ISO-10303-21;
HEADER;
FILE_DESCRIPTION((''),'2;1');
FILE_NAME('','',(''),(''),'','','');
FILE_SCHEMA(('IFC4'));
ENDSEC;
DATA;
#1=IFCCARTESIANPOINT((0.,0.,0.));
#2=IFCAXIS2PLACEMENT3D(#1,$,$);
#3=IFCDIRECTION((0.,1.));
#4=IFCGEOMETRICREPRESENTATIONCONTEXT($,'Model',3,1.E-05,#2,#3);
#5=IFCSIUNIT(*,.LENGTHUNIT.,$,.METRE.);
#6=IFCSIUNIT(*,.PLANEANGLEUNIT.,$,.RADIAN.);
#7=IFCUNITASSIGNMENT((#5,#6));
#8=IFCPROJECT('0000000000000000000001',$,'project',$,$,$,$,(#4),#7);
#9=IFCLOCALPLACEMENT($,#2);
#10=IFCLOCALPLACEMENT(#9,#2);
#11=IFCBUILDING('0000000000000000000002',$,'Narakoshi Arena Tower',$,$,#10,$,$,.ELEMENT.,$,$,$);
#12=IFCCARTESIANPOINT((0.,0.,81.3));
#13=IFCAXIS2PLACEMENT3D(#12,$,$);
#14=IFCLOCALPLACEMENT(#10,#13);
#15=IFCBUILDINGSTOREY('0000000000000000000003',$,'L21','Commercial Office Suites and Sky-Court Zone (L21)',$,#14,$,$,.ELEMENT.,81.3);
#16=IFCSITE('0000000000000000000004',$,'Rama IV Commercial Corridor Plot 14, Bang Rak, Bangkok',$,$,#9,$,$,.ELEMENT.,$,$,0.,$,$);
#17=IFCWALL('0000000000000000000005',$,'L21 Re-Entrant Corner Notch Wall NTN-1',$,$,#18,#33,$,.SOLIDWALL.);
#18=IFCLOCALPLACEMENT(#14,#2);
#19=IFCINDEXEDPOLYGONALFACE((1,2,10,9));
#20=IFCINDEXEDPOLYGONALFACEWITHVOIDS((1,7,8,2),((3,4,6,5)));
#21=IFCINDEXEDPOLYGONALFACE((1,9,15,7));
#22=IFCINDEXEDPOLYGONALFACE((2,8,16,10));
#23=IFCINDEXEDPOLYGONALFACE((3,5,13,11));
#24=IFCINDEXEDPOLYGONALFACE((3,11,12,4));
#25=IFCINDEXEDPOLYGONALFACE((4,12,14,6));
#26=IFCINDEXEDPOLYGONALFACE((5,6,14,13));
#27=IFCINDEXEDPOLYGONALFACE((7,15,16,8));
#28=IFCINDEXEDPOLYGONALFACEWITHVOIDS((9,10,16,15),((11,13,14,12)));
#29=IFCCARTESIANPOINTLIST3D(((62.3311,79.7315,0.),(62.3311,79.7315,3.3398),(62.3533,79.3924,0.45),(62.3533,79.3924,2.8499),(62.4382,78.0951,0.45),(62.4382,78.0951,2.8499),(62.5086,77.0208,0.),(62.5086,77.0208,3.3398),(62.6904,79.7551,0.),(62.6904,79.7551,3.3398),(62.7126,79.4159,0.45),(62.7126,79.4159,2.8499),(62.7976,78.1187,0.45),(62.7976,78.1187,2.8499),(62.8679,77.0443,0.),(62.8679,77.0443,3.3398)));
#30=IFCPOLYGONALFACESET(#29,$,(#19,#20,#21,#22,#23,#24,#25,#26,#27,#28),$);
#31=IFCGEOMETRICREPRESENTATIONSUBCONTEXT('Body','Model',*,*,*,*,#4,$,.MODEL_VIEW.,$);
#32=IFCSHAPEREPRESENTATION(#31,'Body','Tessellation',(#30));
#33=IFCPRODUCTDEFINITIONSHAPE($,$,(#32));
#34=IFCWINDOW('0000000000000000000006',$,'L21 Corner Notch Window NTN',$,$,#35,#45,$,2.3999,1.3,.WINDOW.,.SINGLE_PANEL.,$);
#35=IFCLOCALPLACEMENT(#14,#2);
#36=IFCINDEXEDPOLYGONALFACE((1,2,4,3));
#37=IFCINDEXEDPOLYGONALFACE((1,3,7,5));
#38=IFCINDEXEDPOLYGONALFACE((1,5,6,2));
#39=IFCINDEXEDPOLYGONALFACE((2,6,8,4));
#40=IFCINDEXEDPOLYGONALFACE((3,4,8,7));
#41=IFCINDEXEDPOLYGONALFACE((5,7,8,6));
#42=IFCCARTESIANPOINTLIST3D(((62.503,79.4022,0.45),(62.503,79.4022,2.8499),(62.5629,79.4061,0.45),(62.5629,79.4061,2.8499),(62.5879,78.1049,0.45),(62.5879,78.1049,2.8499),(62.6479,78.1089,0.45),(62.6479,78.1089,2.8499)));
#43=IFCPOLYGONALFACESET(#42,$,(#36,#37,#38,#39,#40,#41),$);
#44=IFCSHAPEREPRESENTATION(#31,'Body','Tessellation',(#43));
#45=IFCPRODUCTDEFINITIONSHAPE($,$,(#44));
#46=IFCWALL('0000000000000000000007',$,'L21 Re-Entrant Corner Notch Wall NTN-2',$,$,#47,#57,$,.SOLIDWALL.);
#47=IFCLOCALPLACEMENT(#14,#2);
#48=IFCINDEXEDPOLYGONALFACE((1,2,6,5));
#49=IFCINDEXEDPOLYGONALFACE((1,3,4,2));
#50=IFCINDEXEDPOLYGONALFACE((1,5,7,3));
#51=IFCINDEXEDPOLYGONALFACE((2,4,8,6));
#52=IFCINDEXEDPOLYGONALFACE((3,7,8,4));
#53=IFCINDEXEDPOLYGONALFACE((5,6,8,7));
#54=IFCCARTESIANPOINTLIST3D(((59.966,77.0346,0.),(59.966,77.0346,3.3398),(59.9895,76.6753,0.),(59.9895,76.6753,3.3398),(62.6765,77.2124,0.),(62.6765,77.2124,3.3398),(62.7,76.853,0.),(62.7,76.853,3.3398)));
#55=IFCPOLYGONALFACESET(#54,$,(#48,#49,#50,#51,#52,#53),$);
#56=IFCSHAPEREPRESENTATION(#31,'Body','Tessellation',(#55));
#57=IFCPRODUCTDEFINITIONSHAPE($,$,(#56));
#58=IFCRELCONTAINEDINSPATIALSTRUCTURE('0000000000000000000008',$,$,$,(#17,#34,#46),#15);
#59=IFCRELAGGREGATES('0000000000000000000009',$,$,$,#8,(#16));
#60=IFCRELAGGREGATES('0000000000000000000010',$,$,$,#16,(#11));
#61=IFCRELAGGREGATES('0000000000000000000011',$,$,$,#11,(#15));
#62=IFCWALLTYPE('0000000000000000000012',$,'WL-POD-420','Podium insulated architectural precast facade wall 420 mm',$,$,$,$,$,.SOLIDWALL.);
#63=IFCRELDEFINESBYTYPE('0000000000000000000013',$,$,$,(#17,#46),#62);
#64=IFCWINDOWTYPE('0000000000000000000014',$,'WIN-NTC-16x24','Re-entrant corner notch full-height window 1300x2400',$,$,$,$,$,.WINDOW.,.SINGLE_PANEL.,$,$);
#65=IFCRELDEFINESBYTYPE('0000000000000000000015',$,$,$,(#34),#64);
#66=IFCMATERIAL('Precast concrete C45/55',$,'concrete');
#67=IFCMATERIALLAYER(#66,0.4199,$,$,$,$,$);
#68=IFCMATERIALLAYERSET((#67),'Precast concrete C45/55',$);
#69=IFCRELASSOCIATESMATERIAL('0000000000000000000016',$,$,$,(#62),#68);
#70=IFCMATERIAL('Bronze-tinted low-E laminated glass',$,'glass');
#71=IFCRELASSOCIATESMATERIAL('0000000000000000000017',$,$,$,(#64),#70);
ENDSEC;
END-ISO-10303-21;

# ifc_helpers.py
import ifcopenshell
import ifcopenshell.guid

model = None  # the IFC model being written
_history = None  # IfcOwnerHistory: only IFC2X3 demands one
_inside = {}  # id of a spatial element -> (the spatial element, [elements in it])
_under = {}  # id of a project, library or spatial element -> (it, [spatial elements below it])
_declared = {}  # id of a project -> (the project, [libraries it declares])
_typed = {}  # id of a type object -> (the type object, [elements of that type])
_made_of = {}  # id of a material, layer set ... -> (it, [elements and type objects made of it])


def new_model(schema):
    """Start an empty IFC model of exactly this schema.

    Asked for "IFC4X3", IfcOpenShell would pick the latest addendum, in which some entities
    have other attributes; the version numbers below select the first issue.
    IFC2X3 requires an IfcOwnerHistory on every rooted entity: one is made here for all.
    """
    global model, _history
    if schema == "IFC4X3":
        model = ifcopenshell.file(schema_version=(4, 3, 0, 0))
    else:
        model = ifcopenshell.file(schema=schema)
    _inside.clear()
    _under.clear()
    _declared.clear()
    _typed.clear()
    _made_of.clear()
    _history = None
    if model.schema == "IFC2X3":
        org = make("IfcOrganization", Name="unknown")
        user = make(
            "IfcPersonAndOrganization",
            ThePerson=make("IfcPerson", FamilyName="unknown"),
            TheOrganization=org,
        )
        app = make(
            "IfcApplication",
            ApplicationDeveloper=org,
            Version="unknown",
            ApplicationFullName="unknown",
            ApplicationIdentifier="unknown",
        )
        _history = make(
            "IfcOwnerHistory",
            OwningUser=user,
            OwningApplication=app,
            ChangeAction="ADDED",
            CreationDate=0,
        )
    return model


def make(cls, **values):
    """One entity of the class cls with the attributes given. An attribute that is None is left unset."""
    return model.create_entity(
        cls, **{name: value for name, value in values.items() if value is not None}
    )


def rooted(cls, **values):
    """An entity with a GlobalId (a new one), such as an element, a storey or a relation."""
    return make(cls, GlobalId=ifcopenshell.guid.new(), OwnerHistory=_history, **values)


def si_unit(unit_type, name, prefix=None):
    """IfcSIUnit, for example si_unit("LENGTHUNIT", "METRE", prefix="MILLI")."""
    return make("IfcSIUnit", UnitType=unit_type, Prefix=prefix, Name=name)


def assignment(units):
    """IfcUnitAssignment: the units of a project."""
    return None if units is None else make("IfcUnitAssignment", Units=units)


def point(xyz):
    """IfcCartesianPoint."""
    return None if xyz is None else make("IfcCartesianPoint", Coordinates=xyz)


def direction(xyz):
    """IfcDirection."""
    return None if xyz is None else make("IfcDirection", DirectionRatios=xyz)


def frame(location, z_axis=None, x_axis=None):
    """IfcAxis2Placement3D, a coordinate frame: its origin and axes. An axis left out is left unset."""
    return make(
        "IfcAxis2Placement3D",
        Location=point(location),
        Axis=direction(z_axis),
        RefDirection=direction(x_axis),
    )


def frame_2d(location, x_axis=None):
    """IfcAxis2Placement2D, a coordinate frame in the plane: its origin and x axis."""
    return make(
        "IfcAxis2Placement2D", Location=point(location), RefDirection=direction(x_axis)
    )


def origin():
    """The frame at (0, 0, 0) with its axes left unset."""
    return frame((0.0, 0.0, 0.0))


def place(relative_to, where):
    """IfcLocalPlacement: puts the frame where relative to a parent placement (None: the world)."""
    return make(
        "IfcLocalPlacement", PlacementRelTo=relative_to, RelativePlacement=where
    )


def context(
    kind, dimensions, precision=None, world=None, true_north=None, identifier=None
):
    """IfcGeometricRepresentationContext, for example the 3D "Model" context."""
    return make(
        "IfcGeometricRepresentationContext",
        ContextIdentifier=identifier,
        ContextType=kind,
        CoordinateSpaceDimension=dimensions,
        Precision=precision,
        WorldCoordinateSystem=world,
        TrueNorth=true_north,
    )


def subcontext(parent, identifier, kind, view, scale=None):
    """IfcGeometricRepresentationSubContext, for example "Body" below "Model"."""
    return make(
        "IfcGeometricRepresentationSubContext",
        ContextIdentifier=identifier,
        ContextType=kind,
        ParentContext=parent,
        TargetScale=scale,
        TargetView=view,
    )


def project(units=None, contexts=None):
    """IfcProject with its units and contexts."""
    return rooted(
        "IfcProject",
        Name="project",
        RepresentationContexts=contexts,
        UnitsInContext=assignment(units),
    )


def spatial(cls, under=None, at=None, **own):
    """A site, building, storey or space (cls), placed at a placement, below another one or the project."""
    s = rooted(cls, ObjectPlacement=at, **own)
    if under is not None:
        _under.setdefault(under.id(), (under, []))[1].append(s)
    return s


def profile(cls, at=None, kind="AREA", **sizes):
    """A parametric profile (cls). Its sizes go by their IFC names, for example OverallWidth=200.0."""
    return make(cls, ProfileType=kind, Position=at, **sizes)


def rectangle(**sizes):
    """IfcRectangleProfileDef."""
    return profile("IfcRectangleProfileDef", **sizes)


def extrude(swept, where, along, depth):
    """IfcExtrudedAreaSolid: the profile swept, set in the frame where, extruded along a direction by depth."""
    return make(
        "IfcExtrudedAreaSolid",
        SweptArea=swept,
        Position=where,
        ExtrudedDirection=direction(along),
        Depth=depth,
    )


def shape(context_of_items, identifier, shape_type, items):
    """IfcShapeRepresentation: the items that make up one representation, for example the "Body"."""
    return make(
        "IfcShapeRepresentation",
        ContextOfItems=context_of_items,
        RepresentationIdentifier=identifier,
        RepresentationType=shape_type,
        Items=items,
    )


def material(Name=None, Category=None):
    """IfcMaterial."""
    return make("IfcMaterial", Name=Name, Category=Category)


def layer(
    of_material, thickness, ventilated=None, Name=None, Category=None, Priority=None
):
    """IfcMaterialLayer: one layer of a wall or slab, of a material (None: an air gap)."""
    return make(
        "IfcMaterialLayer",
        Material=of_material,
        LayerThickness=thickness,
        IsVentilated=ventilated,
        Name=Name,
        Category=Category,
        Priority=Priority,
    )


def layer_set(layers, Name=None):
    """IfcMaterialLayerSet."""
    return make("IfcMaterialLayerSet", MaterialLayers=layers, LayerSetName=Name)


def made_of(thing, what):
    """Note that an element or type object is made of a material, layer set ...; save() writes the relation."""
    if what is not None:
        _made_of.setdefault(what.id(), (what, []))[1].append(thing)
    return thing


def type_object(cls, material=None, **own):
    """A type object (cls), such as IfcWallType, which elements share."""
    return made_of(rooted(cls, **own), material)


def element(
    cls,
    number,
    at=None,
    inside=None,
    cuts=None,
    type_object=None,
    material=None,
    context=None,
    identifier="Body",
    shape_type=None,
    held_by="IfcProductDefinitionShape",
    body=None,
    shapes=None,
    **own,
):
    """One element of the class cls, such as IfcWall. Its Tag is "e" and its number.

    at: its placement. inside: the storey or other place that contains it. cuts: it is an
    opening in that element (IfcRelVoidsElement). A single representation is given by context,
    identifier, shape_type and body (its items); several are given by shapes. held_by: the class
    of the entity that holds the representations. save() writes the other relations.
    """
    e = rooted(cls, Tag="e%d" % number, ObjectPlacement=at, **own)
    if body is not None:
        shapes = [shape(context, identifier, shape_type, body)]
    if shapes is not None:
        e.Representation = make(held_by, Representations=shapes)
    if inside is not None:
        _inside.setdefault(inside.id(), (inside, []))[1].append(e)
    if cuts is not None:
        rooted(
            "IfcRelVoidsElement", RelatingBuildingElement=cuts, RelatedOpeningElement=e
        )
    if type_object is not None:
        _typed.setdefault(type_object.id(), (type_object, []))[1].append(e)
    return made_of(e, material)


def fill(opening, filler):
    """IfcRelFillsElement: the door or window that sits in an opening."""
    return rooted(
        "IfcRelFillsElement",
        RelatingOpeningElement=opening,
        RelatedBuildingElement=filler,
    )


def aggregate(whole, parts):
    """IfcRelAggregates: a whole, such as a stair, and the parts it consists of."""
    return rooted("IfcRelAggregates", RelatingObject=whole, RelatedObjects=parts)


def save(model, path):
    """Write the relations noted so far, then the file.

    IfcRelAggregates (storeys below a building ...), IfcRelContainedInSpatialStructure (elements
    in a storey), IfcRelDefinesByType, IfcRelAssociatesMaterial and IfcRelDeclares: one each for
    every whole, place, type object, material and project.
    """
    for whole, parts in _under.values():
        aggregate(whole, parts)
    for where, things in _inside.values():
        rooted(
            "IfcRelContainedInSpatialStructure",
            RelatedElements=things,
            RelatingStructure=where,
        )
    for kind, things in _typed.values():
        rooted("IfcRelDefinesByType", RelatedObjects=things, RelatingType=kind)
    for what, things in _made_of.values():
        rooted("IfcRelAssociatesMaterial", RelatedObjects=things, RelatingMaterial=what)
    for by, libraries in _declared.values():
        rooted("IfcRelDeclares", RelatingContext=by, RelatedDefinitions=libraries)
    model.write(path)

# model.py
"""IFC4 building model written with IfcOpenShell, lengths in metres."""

from ifc_helpers import new_model, si_unit, direction, frame, frame_2d, origin, place, context, subcontext, project, spatial, rectangle, extrude, material, layer, layer_set, type_object, element, fill, save


model = new_model("IFC4")

# Units and contexts
model_context = context("Model", 3, precision=1e-05, world=origin(), true_north=direction((0.0, 1.0)))
body_context = subcontext(model_context, "Body", "Model", "MODEL_VIEW")
ifc_project = project(units=[si_unit("LENGTHUNIT", "METRE"), si_unit("PLANEANGLEUNIT", "RADIAN")], contexts=[model_context])

# Site, building, storey
site_placement = place(None, origin())
site = spatial("IfcSite", under=ifc_project, at=site_placement, Name="Rama IV Commercial Corridor Plot 14, Bang Rak, Bangkok", CompositionType="ELEMENT", RefElevation=0.0)
building_placement = place(site_placement, origin())
building = spatial("IfcBuilding", under=site, at=building_placement, Name="Narakoshi Arena Tower", CompositionType="ELEMENT")
storey_placement = place(building_placement, frame((0.0, 0.0, 81.3)))
storey = spatial("IfcBuildingStorey", under=building, at=storey_placement, Name="L21", Description="Commercial Office Suites and Sky-Court Zone (L21)", CompositionType="ELEMENT", Elevation=81.3)

# Shared definitions
ifc_material_1 = material(Name="Bronze-tinted low-E laminated glass", Category="glass")

# Shared definitions
ifc_material_2 = material(Name="Precast concrete C45/55", Category="concrete")

# Wall, opening, window
ifc_layer_1 = layer(ifc_material_2, 0.4199)
ifc_layer_set_1 = layer_set([ifc_layer_1], Name="Precast concrete C45/55")
wall_type_1 = type_object("IfcWallType", Name="WL-POD-420", Description="Podium insulated architectural precast facade wall 420 mm", PredefinedType="SOLIDWALL", material=ifc_layer_set_1)
wall_1_placement = place(storey_placement, frame((62.5107, 79.7434, 0.0), z_axis=(0.0, 0.0, 1.0), x_axis=(0.065338, -0.997863, 0.0)))
wall_1 = element("IfcWall", 1, at=wall_1_placement, inside=storey, type_object=wall_type_1, Name="L21 Re-Entrant Corner Notch Wall NTN-1", PredefinedType="SOLIDWALL", context=body_context, shape_type="SweptSolid", body=[
    extrude(rectangle(XDim=2.7166, YDim=0.3601, at=frame_2d((1.3584, 0.0))), origin(), (0.0, 0.0, 1.0), 3.3398),
])
opening_1_placement = place(wall_1_placement, frame((0.3401, 0.0, 0.45)))
opening_1 = element("IfcOpeningElement", 2, at=opening_1_placement, cuts=wall_1, PredefinedType="OPENING", context=body_context, shape_type="SweptSolid", body=[
    extrude(rectangle(XDim=1.3, YDim=2.3999, at=frame_2d((0.6499, 1.2))), frame((0.0, 0.1899, 0.0), z_axis=(0.0, -1.0, 0.0), x_axis=(1.0, 0.0, 0.0)), (0.0, 0.0, 1.0), 0.3801),
])
window_type_1 = type_object("IfcWindowType", Name="WIN-NTC-16x24", Description="Re-entrant corner notch full-height window 1300x2400", PartitioningType="SINGLE_PANEL", PredefinedType="WINDOW", material=ifc_material_1)
window_1_placement = place(opening_1_placement, origin())
window_1 = element("IfcWindow", 3, at=window_1_placement, inside=storey, type_object=window_type_1, Name="L21 Corner Notch Window NTN", OverallHeight=2.3999, OverallWidth=1.3, PartitioningType="SINGLE_PANEL", PredefinedType="WINDOW", context=body_context, shape_type="SweptSolid", body=[
    extrude(rectangle(XDim=1.3, YDim=2.3999, at=frame_2d((0.6499, 1.2))), frame((0.0, 0.03, 0.0), z_axis=(0.0, -1.0, 0.0), x_axis=(1.0, 0.0, 0.0)), (0.0, 0.0, 1.0), 0.0601),
])
fill(opening_1, window_1)

# Wall
wall_2_placement = place(storey_placement, frame((62.6882, 77.0327, 0.0), z_axis=(0.0, 0.0, 1.0), x_axis=(-0.997857, -0.065433, 0.0)))
element("IfcWall", 4, at=wall_2_placement, inside=storey, type_object=wall_type_1, Name="L21 Re-Entrant Corner Notch Wall NTN-2", PredefinedType="SOLIDWALL", context=body_context, shape_type="SweptSolid", body=[
    extrude(rectangle(XDim=2.7163, YDim=0.3601, at=frame_2d((1.3582, 0.0))), origin(), (0.0, 0.0, 1.0), 3.3398),
])

save(model, "model.ifc")
